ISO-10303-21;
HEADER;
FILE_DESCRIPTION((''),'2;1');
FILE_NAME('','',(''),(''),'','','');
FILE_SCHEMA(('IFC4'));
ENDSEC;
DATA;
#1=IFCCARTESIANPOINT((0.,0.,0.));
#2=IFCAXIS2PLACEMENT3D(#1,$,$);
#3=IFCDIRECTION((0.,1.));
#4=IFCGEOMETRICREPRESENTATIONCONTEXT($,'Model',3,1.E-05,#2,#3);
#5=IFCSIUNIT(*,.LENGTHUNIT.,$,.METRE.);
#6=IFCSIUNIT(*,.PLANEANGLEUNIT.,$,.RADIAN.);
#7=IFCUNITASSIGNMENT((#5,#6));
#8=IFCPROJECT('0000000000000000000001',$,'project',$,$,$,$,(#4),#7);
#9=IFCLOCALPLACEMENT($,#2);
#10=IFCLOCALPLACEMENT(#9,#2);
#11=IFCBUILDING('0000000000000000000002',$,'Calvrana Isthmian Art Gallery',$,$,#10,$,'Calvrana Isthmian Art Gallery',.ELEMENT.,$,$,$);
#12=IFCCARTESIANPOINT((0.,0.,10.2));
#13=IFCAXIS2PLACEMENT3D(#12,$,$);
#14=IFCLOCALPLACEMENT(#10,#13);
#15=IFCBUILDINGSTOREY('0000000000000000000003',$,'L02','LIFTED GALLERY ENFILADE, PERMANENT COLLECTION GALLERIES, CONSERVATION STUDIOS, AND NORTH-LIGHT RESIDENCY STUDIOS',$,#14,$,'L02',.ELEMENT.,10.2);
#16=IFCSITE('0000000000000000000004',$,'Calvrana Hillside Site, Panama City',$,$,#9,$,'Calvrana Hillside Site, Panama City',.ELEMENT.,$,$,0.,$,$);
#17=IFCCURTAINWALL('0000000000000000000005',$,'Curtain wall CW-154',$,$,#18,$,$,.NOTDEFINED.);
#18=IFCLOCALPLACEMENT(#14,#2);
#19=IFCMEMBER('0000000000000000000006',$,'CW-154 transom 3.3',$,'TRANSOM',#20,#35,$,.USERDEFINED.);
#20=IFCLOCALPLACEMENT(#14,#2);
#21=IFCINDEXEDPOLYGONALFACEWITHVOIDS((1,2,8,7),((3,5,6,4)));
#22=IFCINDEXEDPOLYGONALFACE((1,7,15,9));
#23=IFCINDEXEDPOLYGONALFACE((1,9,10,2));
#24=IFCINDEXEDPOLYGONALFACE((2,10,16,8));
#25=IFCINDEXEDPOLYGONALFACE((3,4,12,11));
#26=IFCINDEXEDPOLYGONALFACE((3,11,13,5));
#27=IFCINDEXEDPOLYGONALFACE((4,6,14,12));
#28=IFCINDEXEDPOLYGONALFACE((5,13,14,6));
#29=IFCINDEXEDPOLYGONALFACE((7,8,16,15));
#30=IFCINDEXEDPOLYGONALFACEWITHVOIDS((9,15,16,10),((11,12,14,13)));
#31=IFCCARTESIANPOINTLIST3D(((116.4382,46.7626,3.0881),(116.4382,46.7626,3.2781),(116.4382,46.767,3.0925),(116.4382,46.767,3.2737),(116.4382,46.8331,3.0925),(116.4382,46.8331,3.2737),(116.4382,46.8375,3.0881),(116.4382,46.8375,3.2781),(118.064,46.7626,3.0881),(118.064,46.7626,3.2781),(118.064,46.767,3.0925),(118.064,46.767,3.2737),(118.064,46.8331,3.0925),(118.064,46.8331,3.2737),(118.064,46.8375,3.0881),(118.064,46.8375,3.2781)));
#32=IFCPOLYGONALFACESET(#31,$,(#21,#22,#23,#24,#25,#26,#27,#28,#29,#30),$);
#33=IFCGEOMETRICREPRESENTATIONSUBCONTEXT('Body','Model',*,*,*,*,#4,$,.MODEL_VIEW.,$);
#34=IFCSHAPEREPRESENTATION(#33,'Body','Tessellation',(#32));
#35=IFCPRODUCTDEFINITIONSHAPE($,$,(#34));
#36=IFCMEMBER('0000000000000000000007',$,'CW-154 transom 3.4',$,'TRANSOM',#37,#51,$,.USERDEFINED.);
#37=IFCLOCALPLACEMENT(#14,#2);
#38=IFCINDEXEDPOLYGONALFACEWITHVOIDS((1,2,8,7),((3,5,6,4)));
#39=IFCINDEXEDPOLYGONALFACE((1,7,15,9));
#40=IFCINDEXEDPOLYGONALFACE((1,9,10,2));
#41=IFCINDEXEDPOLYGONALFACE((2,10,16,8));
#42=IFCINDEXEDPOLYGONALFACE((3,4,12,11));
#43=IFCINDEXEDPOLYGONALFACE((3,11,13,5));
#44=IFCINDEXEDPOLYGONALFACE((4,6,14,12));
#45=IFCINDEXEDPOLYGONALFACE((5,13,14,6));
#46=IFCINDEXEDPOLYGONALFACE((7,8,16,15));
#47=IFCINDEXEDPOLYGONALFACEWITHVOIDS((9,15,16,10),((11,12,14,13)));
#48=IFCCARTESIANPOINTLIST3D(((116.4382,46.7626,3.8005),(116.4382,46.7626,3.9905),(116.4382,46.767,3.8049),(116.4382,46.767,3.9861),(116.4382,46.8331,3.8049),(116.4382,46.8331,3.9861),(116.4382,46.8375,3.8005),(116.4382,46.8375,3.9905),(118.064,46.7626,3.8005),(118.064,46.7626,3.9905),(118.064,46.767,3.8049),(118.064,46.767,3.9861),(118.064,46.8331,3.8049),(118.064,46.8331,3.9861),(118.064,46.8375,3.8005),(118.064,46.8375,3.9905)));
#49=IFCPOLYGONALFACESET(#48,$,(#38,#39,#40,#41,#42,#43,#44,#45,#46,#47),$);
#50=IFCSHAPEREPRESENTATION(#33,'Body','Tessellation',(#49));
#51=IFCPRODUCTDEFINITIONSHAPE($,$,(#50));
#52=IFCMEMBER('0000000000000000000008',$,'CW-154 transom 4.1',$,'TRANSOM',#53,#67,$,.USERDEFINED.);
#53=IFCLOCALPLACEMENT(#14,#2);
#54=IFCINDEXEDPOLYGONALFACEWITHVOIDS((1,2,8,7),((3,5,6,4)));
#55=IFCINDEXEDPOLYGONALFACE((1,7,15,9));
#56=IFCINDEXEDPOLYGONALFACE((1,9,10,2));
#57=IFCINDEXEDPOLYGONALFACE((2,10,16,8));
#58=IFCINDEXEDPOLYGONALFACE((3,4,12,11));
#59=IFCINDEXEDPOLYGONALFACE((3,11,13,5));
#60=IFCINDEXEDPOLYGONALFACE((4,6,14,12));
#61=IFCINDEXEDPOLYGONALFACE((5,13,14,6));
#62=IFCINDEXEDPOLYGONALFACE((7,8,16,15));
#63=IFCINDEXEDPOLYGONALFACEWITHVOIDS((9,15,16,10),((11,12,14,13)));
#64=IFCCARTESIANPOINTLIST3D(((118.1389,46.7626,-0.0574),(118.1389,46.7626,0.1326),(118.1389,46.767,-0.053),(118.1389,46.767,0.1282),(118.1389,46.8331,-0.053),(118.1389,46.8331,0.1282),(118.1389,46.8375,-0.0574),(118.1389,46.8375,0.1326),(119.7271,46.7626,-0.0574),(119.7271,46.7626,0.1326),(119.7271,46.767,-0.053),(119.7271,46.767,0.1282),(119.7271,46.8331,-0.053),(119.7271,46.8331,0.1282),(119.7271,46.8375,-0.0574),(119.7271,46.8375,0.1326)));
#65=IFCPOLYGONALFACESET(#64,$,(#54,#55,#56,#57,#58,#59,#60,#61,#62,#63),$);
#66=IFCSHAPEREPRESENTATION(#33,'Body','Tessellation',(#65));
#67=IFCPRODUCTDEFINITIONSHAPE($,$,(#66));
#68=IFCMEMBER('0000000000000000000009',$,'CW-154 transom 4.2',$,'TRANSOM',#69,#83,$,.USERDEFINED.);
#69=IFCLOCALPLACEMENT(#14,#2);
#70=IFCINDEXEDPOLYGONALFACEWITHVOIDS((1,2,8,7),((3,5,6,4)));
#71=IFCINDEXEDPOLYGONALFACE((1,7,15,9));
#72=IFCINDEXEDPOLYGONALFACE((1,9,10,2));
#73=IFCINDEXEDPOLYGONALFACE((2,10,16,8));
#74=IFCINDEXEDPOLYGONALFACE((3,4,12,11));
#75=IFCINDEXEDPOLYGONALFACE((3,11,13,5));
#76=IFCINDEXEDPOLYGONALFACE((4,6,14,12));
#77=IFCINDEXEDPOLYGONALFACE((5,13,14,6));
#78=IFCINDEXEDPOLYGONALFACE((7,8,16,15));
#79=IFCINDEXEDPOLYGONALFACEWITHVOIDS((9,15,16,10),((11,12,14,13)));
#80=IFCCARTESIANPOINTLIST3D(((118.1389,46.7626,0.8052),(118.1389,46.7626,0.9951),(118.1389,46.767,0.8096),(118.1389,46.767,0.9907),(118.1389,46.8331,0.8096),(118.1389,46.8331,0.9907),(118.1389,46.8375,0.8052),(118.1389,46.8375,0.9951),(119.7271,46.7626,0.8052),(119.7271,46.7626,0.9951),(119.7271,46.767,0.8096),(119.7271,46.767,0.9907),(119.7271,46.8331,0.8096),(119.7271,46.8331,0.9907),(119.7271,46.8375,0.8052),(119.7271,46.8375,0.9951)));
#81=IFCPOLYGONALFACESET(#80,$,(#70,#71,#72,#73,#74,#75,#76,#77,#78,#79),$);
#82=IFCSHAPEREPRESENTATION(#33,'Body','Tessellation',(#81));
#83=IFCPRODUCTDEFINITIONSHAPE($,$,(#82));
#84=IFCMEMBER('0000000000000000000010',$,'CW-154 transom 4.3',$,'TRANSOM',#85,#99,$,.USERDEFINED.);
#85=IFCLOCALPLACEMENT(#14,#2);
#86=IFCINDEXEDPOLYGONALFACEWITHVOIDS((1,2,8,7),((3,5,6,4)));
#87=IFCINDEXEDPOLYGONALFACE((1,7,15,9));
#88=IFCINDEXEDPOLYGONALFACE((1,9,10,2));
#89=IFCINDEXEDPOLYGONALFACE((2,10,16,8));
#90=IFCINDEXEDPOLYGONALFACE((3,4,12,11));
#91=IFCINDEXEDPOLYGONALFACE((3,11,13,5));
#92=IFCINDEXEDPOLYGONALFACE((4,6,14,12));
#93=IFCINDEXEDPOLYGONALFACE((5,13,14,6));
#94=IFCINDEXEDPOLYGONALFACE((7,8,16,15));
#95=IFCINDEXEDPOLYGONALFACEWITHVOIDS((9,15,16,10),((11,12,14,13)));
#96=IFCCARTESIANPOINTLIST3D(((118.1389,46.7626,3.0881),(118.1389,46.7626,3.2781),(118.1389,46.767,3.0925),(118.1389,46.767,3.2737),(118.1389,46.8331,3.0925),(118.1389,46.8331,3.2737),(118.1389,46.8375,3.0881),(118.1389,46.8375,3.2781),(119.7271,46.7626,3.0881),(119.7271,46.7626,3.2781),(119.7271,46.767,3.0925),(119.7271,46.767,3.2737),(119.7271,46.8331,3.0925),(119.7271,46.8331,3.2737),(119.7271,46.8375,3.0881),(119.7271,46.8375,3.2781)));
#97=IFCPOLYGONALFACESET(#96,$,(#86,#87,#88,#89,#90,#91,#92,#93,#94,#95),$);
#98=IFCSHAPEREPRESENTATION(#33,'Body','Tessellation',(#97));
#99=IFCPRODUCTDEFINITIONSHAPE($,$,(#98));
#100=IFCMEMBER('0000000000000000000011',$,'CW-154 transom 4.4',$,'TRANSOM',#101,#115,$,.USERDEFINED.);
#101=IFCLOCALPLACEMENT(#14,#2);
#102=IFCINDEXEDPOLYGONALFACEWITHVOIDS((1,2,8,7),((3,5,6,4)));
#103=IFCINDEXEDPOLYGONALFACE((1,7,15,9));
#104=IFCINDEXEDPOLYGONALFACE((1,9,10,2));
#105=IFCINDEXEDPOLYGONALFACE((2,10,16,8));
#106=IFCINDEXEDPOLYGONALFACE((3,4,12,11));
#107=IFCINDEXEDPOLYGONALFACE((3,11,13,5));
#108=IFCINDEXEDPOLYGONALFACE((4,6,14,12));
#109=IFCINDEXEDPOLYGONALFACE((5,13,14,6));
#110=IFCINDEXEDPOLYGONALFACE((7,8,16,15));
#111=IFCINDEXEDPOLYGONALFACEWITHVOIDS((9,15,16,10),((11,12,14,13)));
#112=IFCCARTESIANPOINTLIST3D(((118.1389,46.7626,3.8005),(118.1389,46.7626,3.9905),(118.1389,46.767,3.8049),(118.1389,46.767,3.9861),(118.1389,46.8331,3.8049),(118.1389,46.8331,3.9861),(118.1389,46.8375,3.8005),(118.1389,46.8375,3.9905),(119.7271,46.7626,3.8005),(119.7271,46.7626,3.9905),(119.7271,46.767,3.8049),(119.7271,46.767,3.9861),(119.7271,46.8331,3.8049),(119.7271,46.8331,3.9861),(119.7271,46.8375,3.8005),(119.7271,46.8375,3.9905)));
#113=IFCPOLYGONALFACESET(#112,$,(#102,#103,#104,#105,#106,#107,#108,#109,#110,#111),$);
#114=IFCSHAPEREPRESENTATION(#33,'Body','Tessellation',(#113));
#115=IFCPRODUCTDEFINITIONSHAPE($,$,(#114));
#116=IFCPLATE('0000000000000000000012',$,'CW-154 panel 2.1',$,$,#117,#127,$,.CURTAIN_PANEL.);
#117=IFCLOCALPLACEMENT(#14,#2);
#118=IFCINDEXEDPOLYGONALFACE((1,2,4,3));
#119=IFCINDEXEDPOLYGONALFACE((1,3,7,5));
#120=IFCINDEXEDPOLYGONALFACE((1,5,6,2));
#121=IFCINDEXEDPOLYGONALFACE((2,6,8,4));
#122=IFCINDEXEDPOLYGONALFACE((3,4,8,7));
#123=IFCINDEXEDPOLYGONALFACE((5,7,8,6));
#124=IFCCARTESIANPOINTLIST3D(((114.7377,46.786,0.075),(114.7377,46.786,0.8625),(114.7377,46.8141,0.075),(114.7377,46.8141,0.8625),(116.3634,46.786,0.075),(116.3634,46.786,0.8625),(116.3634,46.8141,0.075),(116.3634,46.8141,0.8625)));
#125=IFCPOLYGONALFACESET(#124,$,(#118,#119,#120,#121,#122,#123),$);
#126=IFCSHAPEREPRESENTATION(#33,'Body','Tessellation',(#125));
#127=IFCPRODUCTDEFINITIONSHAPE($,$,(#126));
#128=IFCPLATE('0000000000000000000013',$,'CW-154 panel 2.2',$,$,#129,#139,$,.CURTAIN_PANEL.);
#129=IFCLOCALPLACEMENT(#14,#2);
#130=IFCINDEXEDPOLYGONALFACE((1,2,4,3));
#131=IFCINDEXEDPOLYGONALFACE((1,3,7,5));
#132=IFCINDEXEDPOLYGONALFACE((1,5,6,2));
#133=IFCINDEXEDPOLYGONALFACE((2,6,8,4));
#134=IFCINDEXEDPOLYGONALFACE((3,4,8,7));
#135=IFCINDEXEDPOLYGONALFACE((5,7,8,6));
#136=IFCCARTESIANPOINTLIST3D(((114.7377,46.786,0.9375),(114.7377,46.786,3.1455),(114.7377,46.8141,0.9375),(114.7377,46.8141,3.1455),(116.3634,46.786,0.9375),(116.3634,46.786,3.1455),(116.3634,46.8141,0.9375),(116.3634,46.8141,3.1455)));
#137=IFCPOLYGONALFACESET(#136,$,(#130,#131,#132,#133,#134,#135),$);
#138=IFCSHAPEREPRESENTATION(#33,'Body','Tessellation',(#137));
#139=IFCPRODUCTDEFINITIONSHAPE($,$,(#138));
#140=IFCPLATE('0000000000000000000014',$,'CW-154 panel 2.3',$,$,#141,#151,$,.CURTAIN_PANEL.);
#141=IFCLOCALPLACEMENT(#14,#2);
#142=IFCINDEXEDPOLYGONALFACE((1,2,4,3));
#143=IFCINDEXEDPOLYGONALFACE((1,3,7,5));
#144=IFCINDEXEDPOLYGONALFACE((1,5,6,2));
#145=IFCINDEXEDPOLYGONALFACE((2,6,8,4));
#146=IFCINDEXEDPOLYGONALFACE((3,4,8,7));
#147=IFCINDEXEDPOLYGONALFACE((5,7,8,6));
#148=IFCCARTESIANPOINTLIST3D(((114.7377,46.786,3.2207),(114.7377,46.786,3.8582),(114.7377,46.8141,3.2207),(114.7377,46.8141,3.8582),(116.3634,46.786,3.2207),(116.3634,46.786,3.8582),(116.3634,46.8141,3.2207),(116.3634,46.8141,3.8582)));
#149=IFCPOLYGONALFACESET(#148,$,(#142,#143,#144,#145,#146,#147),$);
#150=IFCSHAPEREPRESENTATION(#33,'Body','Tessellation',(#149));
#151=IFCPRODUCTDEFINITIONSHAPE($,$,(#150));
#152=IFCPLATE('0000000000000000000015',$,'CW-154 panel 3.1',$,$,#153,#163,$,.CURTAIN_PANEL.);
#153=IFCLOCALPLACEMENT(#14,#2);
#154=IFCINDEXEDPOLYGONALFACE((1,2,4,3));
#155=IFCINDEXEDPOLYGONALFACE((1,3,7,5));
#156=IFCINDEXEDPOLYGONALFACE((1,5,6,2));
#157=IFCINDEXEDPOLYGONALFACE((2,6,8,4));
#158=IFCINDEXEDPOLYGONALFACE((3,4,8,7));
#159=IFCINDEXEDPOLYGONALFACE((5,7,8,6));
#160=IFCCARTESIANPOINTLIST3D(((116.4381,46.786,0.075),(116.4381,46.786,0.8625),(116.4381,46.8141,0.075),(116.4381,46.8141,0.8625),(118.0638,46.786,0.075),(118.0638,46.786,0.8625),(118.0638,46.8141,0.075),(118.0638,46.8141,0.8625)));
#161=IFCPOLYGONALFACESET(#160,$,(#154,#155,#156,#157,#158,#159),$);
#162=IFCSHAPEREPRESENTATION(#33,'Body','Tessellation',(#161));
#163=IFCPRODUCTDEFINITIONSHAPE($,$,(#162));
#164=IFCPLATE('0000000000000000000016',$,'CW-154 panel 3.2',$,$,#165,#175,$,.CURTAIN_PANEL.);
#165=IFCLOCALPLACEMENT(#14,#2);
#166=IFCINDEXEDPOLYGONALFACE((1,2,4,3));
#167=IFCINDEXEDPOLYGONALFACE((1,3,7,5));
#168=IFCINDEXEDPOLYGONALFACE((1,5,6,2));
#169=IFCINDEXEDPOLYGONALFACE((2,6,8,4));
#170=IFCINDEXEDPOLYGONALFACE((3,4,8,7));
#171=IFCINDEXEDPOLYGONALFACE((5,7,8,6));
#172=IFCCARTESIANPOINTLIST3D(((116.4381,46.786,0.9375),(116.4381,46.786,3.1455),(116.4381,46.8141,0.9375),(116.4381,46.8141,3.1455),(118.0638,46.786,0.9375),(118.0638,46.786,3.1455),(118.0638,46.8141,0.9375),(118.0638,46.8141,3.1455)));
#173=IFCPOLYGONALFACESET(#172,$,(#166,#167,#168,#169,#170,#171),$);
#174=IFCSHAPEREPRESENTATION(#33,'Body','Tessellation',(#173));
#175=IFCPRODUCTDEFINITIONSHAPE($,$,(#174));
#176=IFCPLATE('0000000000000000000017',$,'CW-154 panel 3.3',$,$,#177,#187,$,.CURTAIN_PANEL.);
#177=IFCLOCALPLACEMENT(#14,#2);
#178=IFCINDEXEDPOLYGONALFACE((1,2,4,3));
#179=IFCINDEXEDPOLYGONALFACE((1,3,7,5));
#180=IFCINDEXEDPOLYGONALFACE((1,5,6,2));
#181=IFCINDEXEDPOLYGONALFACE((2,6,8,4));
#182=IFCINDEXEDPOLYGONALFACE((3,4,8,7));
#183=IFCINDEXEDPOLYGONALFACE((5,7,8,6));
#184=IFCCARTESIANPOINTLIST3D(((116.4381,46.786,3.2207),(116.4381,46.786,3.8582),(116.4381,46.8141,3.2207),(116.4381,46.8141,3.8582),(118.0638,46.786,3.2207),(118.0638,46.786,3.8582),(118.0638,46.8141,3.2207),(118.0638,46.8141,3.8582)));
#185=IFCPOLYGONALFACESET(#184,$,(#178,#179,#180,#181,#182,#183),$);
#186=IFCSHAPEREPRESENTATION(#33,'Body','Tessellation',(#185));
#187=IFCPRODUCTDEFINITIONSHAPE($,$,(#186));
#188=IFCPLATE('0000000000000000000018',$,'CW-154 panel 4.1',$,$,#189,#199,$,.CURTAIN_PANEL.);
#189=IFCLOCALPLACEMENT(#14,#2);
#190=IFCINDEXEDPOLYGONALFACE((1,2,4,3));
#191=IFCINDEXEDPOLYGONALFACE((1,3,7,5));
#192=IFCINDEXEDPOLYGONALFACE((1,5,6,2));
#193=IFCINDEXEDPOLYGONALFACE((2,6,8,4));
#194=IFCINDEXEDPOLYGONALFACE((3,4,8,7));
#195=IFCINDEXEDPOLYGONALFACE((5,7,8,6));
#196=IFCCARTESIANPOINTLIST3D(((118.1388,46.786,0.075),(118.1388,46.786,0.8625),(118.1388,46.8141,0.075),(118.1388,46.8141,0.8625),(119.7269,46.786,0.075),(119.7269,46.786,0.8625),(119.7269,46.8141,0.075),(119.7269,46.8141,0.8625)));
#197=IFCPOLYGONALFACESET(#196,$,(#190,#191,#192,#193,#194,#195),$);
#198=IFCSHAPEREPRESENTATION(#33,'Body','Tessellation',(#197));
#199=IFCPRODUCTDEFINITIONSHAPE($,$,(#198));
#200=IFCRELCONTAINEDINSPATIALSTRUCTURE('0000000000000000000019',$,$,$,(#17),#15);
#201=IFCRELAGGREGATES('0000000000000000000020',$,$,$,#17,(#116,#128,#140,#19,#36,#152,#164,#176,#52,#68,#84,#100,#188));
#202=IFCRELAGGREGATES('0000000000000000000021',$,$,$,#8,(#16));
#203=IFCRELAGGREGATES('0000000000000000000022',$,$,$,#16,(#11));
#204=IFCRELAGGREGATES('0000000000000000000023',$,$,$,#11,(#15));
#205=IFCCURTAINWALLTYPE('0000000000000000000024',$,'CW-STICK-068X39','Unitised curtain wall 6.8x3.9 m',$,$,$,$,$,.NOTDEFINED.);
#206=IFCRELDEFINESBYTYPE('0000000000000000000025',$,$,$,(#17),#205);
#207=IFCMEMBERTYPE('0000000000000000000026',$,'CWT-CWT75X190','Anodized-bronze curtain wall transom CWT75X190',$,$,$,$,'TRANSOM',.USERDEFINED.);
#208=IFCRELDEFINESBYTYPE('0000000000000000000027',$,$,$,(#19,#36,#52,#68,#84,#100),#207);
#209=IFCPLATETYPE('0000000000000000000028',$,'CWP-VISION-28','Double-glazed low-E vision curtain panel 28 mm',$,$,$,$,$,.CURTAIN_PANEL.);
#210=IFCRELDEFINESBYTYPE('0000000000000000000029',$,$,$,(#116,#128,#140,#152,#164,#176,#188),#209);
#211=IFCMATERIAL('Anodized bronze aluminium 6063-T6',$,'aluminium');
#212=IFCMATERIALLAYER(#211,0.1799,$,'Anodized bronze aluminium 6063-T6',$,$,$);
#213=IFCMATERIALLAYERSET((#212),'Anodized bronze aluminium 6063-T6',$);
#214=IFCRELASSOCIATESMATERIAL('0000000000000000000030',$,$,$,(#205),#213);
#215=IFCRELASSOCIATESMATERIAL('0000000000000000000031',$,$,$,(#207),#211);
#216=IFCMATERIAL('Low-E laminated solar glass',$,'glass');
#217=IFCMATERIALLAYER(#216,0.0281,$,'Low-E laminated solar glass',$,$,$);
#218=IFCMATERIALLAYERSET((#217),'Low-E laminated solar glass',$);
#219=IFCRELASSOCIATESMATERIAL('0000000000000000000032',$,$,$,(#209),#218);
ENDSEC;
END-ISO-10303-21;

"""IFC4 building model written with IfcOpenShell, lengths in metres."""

from ifc_helpers import new_model, si_unit, direction, frame, origin, origin_2d, place, context, subcontext, project, spatial, rectangle, hollow_rectangle, extrude, material, layer, layer_set, material_profile, profile_set, type_object, element, aggregate, save


model = new_model("IFC4")

# Units and contexts
model_context = context("Model", 3, precision=1e-05, world=origin(), true_north=direction((0.0, 1.0)))
body_context = subcontext(model_context, "Body", "Model", "MODEL_VIEW")
ifc_project = project(units=[si_unit("LENGTHUNIT", "METRE"), si_unit("PLANEANGLEUNIT", "RADIAN")], contexts=[model_context])

# Site, building, storey
site_placement = place(None, origin())
site = spatial("IfcSite", under=ifc_project, at=site_placement, Name="Calvrana Hillside Site, Panama City", LongName="Calvrana Hillside Site, Panama City", CompositionType="ELEMENT", RefElevation=0.0)
building_placement = place(site_placement, origin())
building = spatial("IfcBuilding", under=site, at=building_placement, Name="Calvrana Isthmian Art Gallery", LongName="Calvrana Isthmian Art Gallery", CompositionType="ELEMENT")
storey_placement = place(building_placement, frame((0.0, 0.0, 10.2)))
storey = spatial("IfcBuildingStorey", under=building, at=storey_placement, Name="L02", Description="LIFTED GALLERY ENFILADE, PERMANENT COLLECTION GALLERIES, CONSERVATION STUDIOS, AND NORTH-LIGHT RESIDENCY STUDIOS", LongName="L02", CompositionType="ELEMENT", Elevation=10.2)

# Curtain wall, members, plates
ifc_material_1 = material(Name="Anodized bronze aluminium 6063-T6", Category="aluminium")
ifc_layer_1 = layer(ifc_material_1, 0.1799, Name="Anodized bronze aluminium 6063-T6")
ifc_layer_set_1 = layer_set([ifc_layer_1], Name="Anodized bronze aluminium 6063-T6")
curtain_wall_type = type_object("IfcCurtainWallType", Name="CW-STICK-068X39", Description="Unitised curtain wall 6.8x3.9 m", PredefinedType="NOTDEFINED", material=ifc_layer_set_1)
curtain_wall_placement = place(storey_placement, origin())
curtain_wall = element("IfcCurtainWall", 1, at=curtain_wall_placement, inside=storey, type_object=curtain_wall_type, Name="Curtain wall CW-154", PredefinedType="NOTDEFINED")
ifc_material_profile_1 = material_profile(ifc_material_1, hollow_rectangle(XDim=0.075, YDim=0.1899, WallThickness=0.0044, at=origin_2d()), Name="CWT75X190")
ifc_profile_set_1 = profile_set([ifc_material_profile_1], Name="Anodized bronze aluminium 6063-T6")
member_type_1 = type_object("IfcMemberType", Name="CWT-CWT75X190", Description="Anodized-bronze curtain wall transom CWT75X190", ElementType="TRANSOM", PredefinedType="USERDEFINED", material=ifc_profile_set_1)
member_1_placement = place(storey_placement, frame((116.4382, 46.8, 3.1831), z_axis=(1.0, 0.0, 0.0), x_axis=(0.0, 1.0, 0.0)))
member_1 = element("IfcMember", 2, at=member_1_placement, type_object=member_type_1, Name="CW-154 transom 3.3", ObjectType="TRANSOM", PredefinedType="USERDEFINED", context=body_context, shape_type="SweptSolid", body=[
    extrude(hollow_rectangle(XDim=0.075, YDim=0.1899, WallThickness=0.0044, at=origin_2d()), origin(), (0.0, 0.0, 1.0), 1.6257),
])
member_2_placement = place(storey_placement, frame((116.4382, 46.8, 3.8955), z_axis=(1.0, 0.0, 0.0), x_axis=(0.0, 1.0, 0.0)))
member_2 = element("IfcMember", 3, at=member_2_placement, type_object=member_type_1, Name="CW-154 transom 3.4", ObjectType="TRANSOM", PredefinedType="USERDEFINED", context=body_context, shape_type="SweptSolid", body=[
    extrude(hollow_rectangle(XDim=0.075, YDim=0.1899, WallThickness=0.0044, at=origin_2d()), origin(), (0.0, 0.0, 1.0), 1.6257),
])
member_3_placement = place(storey_placement, frame((118.1389, 46.8, 0.0376), z_axis=(1.0, 0.0, 0.0), x_axis=(0.0, 1.0, 0.0)))
member_3 = element("IfcMember", 4, at=member_3_placement, type_object=member_type_1, Name="CW-154 transom 4.1", ObjectType="TRANSOM", PredefinedType="USERDEFINED", context=body_context, shape_type="SweptSolid", body=[
    extrude(hollow_rectangle(XDim=0.075, YDim=0.1899, WallThickness=0.0044, at=origin_2d()), origin(), (0.0, 0.0, 1.0), 1.5881),
])
member_4_placement = place(storey_placement, frame((118.1389, 46.8, 0.9001), z_axis=(1.0, 0.0, 0.0), x_axis=(0.0, 1.0, 0.0)))
member_4 = element("IfcMember", 5, at=member_4_placement, type_object=member_type_1, Name="CW-154 transom 4.2", ObjectType="TRANSOM", PredefinedType="USERDEFINED", context=body_context, shape_type="SweptSolid", body=[
    extrude(hollow_rectangle(XDim=0.075, YDim=0.1899, WallThickness=0.0044, at=origin_2d()), origin(), (0.0, 0.0, 1.0), 1.5881),
])
member_5_placement = place(storey_placement, frame((118.1389, 46.8, 3.1831), z_axis=(1.0, 0.0, 0.0), x_axis=(0.0, 1.0, 0.0)))
member_5 = element("IfcMember", 6, at=member_5_placement, type_object=member_type_1, Name="CW-154 transom 4.3", ObjectType="TRANSOM", PredefinedType="USERDEFINED", context=body_context, shape_type="SweptSolid", body=[
    extrude(hollow_rectangle(XDim=0.075, YDim=0.1899, WallThickness=0.0044, at=origin_2d()), origin(), (0.0, 0.0, 1.0), 1.5881),
])
member_6_placement = place(storey_placement, frame((118.1389, 46.8, 3.8955), z_axis=(1.0, 0.0, 0.0), x_axis=(0.0, 1.0, 0.0)))
member_6 = element("IfcMember", 7, at=member_6_placement, type_object=member_type_1, Name="CW-154 transom 4.4", ObjectType="TRANSOM", PredefinedType="USERDEFINED", context=body_context, shape_type="SweptSolid", body=[
    extrude(hollow_rectangle(XDim=0.075, YDim=0.1899, WallThickness=0.0044, at=origin_2d()), origin(), (0.0, 0.0, 1.0), 1.5881),
])
ifc_material_2 = material(Name="Low-E laminated solar glass", Category="glass")
ifc_layer_2 = layer(ifc_material_2, 0.0281, Name="Low-E laminated solar glass")
ifc_layer_set_2 = layer_set([ifc_layer_2], Name="Low-E laminated solar glass")
plate_type = type_object("IfcPlateType", Name="CWP-VISION-28", Description="Double-glazed low-E vision curtain panel 28 mm", PredefinedType="CURTAIN_PANEL", material=ifc_layer_set_2)
plate_1_placement = place(storey_placement, frame((115.5505, 46.8, 0.075), z_axis=(0.0, 0.0, 1.0), x_axis=(1.0, 0.0, 0.0)))
plate_1 = element("IfcPlate", 8, at=plate_1_placement, type_object=plate_type, Name="CW-154 panel 2.1", PredefinedType="CURTAIN_PANEL", context=body_context, shape_type="SweptSolid", body=[
    extrude(rectangle(XDim=1.6257, YDim=0.0281, at=origin_2d()), origin(), (0.0, 0.0, 1.0), 0.7876),
])
plate_2_placement = place(storey_placement, frame((115.5505, 46.8, 0.9375), z_axis=(0.0, 0.0, 1.0), x_axis=(1.0, 0.0, 0.0)))
plate_2 = element("IfcPlate", 9, at=plate_2_placement, type_object=plate_type, Name="CW-154 panel 2.2", PredefinedType="CURTAIN_PANEL", context=body_context, shape_type="SweptSolid", body=[
    extrude(rectangle(XDim=1.6257, YDim=0.0281, at=origin_2d()), origin(), (0.0, 0.0, 1.0), 2.208),
])
plate_3_placement = place(storey_placement, frame((115.5505, 46.8, 3.2207), z_axis=(0.0, 0.0, 1.0), x_axis=(1.0, 0.0, 0.0)))
plate_3 = element("IfcPlate", 10, at=plate_3_placement, type_object=plate_type, Name="CW-154 panel 2.3", PredefinedType="CURTAIN_PANEL", context=body_context, shape_type="SweptSolid", body=[
    extrude(rectangle(XDim=1.6257, YDim=0.0281, at=origin_2d()), origin(), (0.0, 0.0, 1.0), 0.6375),
])
plate_4_placement = place(storey_placement, frame((117.251, 46.8, 0.075), z_axis=(0.0, 0.0, 1.0), x_axis=(1.0, 0.0, 0.0)))
plate_4 = element("IfcPlate", 11, at=plate_4_placement, type_object=plate_type, Name="CW-154 panel 3.1", PredefinedType="CURTAIN_PANEL", context=body_context, shape_type="SweptSolid", body=[
    extrude(rectangle(XDim=1.6257, YDim=0.0281, at=origin_2d()), origin(), (0.0, 0.0, 1.0), 0.7876),
])
plate_5_placement = place(storey_placement, frame((117.251, 46.8, 0.9375), z_axis=(0.0, 0.0, 1.0), x_axis=(1.0, 0.0, 0.0)))
plate_5 = element("IfcPlate", 12, at=plate_5_placement, type_object=plate_type, Name="CW-154 panel 3.2", PredefinedType="CURTAIN_PANEL", context=body_context, shape_type="SweptSolid", body=[
    extrude(rectangle(XDim=1.6257, YDim=0.0281, at=origin_2d()), origin(), (0.0, 0.0, 1.0), 2.208),
])
plate_6_placement = place(storey_placement, frame((117.251, 46.8, 3.2207), z_axis=(0.0, 0.0, 1.0), x_axis=(1.0, 0.0, 0.0)))
plate_6 = element("IfcPlate", 13, at=plate_6_placement, type_object=plate_type, Name="CW-154 panel 3.3", PredefinedType="CURTAIN_PANEL", context=body_context, shape_type="SweptSolid", body=[
    extrude(rectangle(XDim=1.6257, YDim=0.0281, at=origin_2d()), origin(), (0.0, 0.0, 1.0), 0.6375),
])
plate_7_placement = place(storey_placement, frame((118.9329, 46.8, 0.075), z_axis=(0.0, 0.0, 1.0), x_axis=(1.0, 0.0, 0.0)))
plate_7 = element("IfcPlate", 14, at=plate_7_placement, type_object=plate_type, Name="CW-154 panel 4.1", PredefinedType="CURTAIN_PANEL", context=body_context, shape_type="SweptSolid", body=[
    extrude(rectangle(XDim=1.5881, YDim=0.0281, at=origin_2d()), origin(), (0.0, 0.0, 1.0), 0.7876),
])
aggregate(curtain_wall, [plate_1, plate_2, plate_3, member_1, member_2, plate_4, plate_5, plate_6, member_3, member_4, member_5, member_6, plate_7])

save(model, "model.ifc")
